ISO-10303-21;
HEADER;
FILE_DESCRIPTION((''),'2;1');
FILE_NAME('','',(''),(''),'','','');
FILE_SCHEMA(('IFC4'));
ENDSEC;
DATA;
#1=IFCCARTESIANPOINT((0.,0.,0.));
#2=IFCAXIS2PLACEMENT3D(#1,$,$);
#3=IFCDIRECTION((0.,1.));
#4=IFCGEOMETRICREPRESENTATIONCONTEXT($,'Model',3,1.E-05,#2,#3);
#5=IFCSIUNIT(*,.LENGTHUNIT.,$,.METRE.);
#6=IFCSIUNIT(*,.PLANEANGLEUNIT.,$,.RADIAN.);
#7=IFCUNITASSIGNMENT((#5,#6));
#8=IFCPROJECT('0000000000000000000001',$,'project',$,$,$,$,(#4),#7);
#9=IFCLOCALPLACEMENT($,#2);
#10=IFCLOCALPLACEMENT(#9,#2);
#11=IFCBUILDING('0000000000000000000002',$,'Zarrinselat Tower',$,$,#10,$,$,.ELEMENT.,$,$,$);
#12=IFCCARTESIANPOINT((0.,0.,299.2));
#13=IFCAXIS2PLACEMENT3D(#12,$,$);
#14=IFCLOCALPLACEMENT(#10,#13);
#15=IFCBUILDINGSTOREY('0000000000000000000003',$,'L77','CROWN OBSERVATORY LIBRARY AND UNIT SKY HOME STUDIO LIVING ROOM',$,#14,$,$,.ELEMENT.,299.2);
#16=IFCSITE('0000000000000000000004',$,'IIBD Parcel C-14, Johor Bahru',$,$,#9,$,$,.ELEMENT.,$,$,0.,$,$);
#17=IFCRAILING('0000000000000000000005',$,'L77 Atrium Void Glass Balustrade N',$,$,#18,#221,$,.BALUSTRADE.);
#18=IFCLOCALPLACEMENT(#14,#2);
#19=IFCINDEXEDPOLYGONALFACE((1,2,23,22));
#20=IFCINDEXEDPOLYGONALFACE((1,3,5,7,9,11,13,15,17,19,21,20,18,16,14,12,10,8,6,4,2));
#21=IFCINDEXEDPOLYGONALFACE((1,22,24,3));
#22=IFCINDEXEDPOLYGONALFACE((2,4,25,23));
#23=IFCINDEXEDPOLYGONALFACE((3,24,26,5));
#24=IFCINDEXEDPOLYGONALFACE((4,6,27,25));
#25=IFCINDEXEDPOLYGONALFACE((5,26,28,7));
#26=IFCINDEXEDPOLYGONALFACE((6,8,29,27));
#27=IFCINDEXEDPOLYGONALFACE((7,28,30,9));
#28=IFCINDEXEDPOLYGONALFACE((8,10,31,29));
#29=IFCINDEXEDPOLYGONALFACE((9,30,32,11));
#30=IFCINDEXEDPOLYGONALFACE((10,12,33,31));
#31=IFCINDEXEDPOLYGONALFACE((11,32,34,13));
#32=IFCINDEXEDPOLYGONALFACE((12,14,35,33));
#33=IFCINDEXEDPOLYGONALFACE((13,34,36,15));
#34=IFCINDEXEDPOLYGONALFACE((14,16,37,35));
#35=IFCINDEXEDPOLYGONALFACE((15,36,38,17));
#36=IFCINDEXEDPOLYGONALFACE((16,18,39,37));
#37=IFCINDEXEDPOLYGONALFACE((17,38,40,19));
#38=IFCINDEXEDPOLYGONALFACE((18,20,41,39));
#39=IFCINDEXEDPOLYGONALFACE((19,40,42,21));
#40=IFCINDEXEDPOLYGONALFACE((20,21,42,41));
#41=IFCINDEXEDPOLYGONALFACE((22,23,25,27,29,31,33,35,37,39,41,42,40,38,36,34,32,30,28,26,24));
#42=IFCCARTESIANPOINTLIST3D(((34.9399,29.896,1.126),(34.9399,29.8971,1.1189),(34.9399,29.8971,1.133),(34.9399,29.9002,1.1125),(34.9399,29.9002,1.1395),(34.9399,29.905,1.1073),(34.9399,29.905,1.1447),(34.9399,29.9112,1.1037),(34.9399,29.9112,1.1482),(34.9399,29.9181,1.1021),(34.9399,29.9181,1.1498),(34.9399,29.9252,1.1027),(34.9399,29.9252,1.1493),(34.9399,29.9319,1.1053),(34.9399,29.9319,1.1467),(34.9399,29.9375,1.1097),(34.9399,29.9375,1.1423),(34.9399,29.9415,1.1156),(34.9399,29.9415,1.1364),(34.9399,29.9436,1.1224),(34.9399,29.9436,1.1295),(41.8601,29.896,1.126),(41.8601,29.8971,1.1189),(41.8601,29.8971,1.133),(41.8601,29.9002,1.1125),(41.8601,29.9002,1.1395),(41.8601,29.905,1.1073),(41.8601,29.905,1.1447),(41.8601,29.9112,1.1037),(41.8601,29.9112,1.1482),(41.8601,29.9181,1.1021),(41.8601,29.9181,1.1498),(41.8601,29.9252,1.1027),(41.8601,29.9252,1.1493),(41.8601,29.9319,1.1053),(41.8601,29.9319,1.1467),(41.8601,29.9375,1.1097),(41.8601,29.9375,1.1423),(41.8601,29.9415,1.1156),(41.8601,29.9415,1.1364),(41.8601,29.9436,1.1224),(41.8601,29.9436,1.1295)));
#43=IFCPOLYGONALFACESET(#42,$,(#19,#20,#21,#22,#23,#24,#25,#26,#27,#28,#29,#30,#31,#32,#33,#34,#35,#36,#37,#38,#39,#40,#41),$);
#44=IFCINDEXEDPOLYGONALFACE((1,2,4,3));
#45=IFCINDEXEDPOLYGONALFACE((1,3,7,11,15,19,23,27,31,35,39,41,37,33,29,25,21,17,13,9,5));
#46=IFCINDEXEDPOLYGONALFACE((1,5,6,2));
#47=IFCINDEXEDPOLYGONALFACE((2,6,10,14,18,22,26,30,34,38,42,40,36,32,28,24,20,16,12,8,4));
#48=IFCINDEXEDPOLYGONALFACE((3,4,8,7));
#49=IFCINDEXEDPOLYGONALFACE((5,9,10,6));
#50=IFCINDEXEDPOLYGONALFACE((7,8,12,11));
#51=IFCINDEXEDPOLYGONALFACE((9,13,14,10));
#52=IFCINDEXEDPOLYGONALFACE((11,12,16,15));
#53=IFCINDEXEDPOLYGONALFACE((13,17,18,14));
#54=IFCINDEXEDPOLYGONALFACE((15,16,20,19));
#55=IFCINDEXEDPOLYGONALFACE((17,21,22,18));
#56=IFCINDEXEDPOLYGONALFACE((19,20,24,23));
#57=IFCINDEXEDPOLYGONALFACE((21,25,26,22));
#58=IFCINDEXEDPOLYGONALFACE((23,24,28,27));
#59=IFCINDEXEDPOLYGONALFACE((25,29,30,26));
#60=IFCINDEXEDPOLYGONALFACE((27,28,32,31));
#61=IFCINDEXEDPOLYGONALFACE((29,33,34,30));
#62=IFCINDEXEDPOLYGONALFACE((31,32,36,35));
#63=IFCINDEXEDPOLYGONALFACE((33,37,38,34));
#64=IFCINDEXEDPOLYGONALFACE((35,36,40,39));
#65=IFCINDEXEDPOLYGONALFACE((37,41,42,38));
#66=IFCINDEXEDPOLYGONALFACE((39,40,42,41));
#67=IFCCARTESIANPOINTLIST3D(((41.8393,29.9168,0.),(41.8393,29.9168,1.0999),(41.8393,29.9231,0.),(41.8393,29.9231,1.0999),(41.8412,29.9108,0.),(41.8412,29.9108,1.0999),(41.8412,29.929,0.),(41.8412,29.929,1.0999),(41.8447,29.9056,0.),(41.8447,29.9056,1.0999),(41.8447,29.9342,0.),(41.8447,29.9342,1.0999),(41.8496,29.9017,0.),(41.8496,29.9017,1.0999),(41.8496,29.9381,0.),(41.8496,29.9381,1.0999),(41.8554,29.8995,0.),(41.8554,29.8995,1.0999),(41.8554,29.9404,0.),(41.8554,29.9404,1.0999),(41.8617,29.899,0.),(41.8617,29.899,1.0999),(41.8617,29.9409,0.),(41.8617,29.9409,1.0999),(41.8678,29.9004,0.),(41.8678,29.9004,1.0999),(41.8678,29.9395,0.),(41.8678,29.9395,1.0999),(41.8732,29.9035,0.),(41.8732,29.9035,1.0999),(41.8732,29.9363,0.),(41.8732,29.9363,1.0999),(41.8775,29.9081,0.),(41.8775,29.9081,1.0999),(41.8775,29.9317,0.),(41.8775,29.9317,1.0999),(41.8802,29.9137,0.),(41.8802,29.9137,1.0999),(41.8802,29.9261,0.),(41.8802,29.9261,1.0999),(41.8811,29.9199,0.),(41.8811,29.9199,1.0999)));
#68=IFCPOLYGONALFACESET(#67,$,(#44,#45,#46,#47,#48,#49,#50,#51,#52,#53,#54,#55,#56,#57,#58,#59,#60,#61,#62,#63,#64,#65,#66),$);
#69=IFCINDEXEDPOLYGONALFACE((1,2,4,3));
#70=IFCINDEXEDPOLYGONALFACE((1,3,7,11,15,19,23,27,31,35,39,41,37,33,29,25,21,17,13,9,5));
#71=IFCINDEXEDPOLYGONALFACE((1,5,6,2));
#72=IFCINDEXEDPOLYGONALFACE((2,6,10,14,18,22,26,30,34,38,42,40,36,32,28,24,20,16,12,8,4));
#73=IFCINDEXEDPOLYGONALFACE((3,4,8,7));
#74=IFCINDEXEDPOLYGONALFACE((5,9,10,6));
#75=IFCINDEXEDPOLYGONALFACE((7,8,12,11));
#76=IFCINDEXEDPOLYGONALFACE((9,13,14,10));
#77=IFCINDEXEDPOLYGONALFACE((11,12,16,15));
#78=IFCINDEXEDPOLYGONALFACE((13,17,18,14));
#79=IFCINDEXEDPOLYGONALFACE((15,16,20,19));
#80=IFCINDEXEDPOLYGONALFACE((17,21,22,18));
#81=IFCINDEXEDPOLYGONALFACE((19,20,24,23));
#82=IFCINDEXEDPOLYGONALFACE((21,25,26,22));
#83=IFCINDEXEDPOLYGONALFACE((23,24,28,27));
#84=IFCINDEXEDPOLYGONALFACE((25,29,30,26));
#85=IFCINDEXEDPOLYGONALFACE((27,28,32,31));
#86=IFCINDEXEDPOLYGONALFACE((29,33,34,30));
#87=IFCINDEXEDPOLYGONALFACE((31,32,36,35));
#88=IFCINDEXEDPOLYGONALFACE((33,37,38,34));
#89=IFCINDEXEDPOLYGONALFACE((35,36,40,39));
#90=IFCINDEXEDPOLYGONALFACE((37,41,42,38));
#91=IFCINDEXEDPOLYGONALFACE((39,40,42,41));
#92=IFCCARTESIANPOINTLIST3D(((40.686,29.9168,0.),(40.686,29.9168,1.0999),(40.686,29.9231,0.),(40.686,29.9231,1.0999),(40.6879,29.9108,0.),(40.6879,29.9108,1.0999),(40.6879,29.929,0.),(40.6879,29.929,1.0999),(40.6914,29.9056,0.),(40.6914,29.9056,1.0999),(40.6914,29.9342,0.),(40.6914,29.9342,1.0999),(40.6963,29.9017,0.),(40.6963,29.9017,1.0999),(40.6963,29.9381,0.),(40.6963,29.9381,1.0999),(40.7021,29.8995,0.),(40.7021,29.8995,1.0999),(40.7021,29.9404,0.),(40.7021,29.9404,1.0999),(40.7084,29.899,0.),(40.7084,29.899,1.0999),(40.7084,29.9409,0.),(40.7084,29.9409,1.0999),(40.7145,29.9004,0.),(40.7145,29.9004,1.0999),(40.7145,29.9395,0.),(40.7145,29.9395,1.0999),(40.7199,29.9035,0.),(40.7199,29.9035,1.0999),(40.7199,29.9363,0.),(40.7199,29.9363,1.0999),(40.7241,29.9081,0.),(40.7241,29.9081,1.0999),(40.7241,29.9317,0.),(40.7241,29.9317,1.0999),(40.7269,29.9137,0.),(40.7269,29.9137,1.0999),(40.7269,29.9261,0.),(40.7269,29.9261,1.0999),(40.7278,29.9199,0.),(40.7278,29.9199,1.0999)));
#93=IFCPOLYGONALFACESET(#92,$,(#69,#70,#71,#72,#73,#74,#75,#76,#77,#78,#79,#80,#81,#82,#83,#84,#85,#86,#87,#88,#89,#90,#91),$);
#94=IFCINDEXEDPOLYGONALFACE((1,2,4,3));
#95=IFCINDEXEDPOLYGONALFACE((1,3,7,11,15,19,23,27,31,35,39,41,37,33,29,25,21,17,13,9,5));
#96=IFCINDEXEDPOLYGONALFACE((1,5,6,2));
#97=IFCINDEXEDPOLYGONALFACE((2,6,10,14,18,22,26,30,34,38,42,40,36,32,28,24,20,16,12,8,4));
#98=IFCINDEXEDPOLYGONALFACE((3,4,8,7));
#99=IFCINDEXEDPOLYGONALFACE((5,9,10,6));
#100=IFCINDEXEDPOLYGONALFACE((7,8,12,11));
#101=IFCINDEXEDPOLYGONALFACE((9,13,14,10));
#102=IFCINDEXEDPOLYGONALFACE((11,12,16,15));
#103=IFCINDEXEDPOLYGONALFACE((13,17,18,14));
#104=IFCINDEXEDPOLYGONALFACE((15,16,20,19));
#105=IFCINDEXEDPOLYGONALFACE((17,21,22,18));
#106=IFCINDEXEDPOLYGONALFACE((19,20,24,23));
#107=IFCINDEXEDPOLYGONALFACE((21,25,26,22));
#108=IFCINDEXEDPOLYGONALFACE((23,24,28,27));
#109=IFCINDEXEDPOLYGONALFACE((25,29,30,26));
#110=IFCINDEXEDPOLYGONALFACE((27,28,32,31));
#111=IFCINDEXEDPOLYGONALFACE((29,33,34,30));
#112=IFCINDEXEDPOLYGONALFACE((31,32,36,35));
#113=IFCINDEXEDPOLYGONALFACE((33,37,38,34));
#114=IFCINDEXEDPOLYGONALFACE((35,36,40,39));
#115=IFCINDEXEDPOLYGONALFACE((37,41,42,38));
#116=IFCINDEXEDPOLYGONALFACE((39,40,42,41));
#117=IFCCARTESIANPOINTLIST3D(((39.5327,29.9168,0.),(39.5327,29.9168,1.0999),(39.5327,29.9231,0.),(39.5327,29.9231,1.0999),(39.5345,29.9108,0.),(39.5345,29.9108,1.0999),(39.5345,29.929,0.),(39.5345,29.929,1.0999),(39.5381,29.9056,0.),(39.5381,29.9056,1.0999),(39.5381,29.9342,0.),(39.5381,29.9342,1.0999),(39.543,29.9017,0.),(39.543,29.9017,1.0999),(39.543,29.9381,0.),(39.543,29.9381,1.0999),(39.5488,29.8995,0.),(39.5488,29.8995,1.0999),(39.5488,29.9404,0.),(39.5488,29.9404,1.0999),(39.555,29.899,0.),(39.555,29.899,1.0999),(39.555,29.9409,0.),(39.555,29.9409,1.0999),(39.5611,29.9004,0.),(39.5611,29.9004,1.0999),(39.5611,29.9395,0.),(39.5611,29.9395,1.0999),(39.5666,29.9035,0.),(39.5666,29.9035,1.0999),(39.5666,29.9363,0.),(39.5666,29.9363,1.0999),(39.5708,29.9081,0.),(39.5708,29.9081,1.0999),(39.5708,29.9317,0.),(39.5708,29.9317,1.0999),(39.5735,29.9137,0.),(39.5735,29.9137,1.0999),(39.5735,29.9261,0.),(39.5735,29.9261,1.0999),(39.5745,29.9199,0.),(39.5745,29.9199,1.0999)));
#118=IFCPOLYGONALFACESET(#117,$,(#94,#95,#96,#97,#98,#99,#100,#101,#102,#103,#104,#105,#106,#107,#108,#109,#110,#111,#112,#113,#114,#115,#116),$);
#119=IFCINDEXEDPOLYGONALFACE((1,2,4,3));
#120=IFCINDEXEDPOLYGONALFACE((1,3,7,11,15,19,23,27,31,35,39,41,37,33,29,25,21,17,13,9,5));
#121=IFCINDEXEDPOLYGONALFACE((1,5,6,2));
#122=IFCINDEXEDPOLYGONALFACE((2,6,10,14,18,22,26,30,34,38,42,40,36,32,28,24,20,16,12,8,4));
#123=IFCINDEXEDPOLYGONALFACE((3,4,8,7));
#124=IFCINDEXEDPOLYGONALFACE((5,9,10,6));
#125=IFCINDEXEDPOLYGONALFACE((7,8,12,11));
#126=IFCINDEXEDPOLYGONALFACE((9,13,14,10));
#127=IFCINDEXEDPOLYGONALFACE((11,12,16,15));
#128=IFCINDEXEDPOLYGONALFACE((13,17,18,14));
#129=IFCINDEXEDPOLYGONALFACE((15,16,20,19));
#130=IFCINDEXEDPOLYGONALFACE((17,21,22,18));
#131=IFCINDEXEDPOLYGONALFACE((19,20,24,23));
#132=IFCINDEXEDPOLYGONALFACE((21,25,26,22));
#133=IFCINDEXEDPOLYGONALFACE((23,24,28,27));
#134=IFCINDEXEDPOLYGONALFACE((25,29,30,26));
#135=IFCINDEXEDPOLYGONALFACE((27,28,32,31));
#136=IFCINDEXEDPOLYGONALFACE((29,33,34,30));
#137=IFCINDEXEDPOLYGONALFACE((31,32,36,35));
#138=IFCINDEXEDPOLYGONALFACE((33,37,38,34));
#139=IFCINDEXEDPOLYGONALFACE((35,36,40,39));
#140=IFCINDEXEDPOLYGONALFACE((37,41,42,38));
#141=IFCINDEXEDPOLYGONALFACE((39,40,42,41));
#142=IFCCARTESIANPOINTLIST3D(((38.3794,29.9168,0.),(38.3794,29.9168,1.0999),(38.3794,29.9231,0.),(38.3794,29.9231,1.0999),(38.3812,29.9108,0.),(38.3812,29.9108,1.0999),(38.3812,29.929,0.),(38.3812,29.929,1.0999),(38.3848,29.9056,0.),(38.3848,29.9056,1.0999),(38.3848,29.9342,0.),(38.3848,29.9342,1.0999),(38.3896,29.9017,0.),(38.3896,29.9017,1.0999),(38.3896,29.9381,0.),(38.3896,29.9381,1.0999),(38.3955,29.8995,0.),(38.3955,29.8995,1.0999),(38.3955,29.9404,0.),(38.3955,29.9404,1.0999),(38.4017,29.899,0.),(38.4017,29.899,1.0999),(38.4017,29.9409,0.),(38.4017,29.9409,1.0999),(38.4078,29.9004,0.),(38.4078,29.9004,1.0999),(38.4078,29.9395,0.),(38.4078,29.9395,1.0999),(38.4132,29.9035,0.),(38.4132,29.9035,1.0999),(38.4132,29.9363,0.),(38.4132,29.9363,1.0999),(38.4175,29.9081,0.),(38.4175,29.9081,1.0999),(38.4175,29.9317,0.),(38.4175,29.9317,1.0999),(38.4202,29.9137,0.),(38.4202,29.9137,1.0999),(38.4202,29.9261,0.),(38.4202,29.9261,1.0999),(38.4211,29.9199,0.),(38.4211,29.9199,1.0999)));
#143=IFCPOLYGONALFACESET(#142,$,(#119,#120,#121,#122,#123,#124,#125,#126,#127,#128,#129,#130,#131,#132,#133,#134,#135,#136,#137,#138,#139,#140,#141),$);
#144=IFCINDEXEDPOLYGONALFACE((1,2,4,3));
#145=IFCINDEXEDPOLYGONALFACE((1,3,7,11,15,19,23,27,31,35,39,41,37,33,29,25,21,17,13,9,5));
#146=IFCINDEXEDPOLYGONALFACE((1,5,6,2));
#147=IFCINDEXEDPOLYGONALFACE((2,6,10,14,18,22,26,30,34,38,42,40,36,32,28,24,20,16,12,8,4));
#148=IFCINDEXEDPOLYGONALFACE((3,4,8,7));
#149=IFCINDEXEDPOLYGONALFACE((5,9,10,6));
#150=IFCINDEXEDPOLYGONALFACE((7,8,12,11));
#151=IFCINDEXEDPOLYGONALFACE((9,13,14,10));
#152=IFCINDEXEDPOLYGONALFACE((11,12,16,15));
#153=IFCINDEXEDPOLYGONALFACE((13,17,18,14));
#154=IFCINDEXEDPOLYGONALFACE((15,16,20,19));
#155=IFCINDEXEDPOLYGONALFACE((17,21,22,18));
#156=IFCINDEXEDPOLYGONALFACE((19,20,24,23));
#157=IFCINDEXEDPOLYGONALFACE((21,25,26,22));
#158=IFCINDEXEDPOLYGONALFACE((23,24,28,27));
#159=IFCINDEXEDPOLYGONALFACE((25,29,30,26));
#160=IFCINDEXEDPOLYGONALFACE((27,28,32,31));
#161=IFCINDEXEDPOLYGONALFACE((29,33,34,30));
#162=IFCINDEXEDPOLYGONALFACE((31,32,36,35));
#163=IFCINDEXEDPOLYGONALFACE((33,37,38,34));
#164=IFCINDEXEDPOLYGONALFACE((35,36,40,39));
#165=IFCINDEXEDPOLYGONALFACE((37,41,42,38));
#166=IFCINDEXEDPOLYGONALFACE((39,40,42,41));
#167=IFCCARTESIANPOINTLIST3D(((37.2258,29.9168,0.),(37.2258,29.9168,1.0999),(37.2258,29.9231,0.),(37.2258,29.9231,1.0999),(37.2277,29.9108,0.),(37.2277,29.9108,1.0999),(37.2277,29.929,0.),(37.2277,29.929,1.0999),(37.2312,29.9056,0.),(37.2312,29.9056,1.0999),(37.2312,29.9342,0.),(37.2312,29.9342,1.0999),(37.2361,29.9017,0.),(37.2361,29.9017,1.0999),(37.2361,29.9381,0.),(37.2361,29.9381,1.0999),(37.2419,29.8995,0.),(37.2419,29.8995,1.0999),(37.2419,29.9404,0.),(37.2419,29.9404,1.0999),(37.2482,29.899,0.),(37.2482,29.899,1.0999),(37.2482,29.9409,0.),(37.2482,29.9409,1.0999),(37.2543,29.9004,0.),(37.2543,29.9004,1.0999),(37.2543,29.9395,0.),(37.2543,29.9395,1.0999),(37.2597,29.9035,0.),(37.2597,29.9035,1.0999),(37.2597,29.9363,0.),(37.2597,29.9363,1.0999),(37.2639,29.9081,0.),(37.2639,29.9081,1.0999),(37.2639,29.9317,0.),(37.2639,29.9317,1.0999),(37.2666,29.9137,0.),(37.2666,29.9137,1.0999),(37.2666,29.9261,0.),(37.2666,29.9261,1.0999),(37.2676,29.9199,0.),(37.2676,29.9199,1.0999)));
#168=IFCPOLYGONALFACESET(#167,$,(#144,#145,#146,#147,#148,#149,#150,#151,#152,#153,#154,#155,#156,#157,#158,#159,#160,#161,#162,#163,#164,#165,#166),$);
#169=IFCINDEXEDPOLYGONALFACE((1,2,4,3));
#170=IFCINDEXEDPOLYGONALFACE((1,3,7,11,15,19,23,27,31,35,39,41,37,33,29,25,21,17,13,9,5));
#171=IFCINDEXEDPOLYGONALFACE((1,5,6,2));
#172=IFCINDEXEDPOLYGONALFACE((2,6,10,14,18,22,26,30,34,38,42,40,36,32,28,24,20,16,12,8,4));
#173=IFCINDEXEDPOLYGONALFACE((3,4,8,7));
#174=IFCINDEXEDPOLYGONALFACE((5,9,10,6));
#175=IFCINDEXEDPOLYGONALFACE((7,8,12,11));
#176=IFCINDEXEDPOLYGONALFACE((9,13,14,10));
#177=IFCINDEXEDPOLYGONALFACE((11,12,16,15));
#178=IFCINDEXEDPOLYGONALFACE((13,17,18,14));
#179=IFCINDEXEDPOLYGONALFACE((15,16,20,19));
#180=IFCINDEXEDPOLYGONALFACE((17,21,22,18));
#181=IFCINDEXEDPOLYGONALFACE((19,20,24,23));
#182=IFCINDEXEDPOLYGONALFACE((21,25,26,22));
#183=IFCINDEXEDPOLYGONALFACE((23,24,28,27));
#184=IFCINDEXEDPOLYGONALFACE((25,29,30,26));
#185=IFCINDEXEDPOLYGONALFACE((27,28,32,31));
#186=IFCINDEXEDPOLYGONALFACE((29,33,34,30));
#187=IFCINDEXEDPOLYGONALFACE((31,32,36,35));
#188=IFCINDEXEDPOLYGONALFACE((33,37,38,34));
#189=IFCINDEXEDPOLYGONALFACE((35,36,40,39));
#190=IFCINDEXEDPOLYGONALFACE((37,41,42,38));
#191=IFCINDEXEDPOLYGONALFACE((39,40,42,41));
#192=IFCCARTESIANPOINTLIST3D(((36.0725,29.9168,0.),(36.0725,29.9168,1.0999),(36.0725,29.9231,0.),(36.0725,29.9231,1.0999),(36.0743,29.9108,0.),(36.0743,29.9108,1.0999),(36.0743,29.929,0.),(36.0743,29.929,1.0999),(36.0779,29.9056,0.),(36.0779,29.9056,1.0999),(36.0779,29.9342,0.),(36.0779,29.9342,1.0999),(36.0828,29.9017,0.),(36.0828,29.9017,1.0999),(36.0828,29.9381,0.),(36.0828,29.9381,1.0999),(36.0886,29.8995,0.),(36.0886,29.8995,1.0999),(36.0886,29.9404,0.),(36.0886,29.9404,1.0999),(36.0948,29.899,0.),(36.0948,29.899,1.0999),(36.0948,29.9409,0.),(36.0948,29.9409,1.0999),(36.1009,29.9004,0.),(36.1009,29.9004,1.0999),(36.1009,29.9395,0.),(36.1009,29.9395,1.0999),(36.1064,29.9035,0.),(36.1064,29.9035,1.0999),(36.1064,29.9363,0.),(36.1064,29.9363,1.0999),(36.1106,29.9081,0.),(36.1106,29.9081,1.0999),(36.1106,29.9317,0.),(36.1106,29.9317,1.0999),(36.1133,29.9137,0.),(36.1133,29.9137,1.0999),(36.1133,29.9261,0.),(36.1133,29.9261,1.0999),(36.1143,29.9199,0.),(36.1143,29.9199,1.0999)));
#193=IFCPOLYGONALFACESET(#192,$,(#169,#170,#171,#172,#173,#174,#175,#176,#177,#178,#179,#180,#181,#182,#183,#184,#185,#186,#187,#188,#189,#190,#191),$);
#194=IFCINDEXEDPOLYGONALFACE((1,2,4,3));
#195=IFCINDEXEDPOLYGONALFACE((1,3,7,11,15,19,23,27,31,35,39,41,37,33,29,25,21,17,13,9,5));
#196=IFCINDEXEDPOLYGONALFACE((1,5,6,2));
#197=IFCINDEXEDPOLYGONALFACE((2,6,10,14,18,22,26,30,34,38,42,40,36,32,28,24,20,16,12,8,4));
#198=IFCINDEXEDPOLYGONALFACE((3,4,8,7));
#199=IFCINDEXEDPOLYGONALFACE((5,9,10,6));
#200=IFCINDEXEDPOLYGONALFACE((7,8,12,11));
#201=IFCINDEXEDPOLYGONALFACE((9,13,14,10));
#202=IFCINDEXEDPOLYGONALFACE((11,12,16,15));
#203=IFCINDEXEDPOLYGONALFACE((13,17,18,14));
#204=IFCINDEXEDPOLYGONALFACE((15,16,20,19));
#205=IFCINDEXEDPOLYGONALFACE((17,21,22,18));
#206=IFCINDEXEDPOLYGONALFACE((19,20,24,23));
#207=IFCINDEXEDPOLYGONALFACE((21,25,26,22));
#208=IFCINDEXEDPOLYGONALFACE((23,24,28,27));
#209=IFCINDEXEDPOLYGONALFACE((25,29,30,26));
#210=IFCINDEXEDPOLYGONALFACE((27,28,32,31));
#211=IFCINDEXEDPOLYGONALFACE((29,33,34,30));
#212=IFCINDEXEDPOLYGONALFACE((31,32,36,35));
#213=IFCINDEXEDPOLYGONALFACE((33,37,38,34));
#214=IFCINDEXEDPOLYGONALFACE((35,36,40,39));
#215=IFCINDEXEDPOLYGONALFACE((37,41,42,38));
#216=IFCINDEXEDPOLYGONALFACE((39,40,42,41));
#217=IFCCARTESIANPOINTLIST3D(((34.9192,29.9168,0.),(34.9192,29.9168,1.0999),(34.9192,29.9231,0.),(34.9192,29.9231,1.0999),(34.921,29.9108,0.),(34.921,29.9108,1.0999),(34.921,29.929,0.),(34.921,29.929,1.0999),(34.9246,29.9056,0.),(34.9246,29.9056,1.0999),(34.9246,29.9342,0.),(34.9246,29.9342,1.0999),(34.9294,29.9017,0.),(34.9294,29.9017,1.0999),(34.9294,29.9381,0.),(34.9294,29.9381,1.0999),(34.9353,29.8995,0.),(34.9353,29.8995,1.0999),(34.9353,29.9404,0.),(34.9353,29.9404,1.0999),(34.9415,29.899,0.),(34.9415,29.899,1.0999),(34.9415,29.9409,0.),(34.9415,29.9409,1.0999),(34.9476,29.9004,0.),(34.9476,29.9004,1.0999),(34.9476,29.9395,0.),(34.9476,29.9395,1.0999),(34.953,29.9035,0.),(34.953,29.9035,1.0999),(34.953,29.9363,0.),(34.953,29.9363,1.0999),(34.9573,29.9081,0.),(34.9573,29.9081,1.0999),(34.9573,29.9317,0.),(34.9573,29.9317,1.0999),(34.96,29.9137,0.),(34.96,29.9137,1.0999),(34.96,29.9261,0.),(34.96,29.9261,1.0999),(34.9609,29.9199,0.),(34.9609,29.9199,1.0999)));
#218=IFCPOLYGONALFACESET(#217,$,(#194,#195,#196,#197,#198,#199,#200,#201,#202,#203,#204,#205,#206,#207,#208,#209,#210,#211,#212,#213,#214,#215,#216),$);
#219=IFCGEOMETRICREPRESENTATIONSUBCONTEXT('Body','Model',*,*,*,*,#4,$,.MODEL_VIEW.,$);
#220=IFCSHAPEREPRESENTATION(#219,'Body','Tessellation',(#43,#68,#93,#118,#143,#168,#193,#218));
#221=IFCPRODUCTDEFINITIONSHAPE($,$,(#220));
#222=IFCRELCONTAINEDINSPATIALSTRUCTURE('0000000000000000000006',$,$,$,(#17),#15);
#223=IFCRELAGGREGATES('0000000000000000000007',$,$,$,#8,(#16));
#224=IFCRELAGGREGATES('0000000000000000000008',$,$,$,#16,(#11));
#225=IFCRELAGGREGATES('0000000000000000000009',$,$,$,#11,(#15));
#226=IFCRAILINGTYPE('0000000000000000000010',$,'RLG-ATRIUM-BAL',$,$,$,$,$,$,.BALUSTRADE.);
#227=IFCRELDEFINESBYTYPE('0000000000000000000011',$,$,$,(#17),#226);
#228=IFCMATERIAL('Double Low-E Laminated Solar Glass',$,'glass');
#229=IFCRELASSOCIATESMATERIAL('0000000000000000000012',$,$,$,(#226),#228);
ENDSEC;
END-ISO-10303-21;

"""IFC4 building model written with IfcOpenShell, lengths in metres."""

from ifc_helpers import new_model, si_unit, direction, frame, origin, origin_2d, place, context, subcontext, project, spatial, circle, extrude, material, type_object, element, save


model = new_model("IFC4")

# Units and contexts
model_context = context("Model", 3, precision=1e-05, world=origin(), true_north=direction((0.0, 1.0)))
body_context = subcontext(model_context, "Body", "Model", "MODEL_VIEW")
ifc_project = project(units=[si_unit("LENGTHUNIT", "METRE"), si_unit("PLANEANGLEUNIT", "RADIAN")], contexts=[model_context])

# Site, building, storey
site_placement = place(None, origin())
site = spatial("IfcSite", under=ifc_project, at=site_placement, Name="IIBD Parcel C-14, Johor Bahru", CompositionType="ELEMENT", RefElevation=0.0)
building_placement = place(site_placement, origin())
building = spatial("IfcBuilding", under=site, at=building_placement, Name="Zarrinselat Tower", CompositionType="ELEMENT")
storey_placement = place(building_placement, frame((0.0, 0.0, 299.2)))
storey = spatial("IfcBuildingStorey", under=building, at=storey_placement, Name="L77", Description="CROWN OBSERVATORY LIBRARY AND UNIT SKY HOME STUDIO LIVING ROOM", CompositionType="ELEMENT", Elevation=299.2)

# Railing
ifc_material_1 = material(Name="Double Low-E Laminated Solar Glass", Category="glass")
railing_type_1 = type_object("IfcRailingType", Name="RLG-ATRIUM-BAL", PredefinedType="BALUSTRADE", material=ifc_material_1)
railing_1_placement = place(storey_placement, frame((41.8601, 29.9199, 0.0)))
element("IfcRailing", 1, at=railing_1_placement, inside=storey, type_object=railing_type_1, Name="L77 Atrium Void Glass Balustrade N", PredefinedType="BALUSTRADE", context=body_context, shape_type="SweptSolid", body=[
    extrude(circle(Radius=0.0239, at=origin_2d()), frame((0.0, 0.0, 1.126), z_axis=(-1.0, 0.0, 0.0), x_axis=(0.0, -1.0, 0.0)), (0.0, 0.0, 1.0), 6.9202),
    extrude(circle(Radius=0.021, at=origin_2d()), origin(), (0.0, 0.0, 1.0), 1.0999),
    extrude(circle(Radius=0.021, at=origin_2d()), frame((-1.1533, 0.0, 0.0)), (0.0, 0.0, 1.0), 1.0999),
    extrude(circle(Radius=0.021, at=origin_2d()), frame((-2.3066, 0.0, 0.0)), (0.0, 0.0, 1.0), 1.0999),
    extrude(circle(Radius=0.021, at=origin_2d()), frame((-3.46, 0.0, 0.0)), (0.0, 0.0, 1.0), 1.0999),
    extrude(circle(Radius=0.021, at=origin_2d()), frame((-4.6135, 0.0, 0.0)), (0.0, 0.0, 1.0), 1.0999),
    extrude(circle(Radius=0.021, at=origin_2d()), frame((-5.7668, 0.0, 0.0)), (0.0, 0.0, 1.0), 1.0999),
    extrude(circle(Radius=0.021, at=origin_2d()), frame((-6.9202, 0.0, 0.0)), (0.0, 0.0, 1.0), 1.0999),
])

save(model, "model.ifc")
